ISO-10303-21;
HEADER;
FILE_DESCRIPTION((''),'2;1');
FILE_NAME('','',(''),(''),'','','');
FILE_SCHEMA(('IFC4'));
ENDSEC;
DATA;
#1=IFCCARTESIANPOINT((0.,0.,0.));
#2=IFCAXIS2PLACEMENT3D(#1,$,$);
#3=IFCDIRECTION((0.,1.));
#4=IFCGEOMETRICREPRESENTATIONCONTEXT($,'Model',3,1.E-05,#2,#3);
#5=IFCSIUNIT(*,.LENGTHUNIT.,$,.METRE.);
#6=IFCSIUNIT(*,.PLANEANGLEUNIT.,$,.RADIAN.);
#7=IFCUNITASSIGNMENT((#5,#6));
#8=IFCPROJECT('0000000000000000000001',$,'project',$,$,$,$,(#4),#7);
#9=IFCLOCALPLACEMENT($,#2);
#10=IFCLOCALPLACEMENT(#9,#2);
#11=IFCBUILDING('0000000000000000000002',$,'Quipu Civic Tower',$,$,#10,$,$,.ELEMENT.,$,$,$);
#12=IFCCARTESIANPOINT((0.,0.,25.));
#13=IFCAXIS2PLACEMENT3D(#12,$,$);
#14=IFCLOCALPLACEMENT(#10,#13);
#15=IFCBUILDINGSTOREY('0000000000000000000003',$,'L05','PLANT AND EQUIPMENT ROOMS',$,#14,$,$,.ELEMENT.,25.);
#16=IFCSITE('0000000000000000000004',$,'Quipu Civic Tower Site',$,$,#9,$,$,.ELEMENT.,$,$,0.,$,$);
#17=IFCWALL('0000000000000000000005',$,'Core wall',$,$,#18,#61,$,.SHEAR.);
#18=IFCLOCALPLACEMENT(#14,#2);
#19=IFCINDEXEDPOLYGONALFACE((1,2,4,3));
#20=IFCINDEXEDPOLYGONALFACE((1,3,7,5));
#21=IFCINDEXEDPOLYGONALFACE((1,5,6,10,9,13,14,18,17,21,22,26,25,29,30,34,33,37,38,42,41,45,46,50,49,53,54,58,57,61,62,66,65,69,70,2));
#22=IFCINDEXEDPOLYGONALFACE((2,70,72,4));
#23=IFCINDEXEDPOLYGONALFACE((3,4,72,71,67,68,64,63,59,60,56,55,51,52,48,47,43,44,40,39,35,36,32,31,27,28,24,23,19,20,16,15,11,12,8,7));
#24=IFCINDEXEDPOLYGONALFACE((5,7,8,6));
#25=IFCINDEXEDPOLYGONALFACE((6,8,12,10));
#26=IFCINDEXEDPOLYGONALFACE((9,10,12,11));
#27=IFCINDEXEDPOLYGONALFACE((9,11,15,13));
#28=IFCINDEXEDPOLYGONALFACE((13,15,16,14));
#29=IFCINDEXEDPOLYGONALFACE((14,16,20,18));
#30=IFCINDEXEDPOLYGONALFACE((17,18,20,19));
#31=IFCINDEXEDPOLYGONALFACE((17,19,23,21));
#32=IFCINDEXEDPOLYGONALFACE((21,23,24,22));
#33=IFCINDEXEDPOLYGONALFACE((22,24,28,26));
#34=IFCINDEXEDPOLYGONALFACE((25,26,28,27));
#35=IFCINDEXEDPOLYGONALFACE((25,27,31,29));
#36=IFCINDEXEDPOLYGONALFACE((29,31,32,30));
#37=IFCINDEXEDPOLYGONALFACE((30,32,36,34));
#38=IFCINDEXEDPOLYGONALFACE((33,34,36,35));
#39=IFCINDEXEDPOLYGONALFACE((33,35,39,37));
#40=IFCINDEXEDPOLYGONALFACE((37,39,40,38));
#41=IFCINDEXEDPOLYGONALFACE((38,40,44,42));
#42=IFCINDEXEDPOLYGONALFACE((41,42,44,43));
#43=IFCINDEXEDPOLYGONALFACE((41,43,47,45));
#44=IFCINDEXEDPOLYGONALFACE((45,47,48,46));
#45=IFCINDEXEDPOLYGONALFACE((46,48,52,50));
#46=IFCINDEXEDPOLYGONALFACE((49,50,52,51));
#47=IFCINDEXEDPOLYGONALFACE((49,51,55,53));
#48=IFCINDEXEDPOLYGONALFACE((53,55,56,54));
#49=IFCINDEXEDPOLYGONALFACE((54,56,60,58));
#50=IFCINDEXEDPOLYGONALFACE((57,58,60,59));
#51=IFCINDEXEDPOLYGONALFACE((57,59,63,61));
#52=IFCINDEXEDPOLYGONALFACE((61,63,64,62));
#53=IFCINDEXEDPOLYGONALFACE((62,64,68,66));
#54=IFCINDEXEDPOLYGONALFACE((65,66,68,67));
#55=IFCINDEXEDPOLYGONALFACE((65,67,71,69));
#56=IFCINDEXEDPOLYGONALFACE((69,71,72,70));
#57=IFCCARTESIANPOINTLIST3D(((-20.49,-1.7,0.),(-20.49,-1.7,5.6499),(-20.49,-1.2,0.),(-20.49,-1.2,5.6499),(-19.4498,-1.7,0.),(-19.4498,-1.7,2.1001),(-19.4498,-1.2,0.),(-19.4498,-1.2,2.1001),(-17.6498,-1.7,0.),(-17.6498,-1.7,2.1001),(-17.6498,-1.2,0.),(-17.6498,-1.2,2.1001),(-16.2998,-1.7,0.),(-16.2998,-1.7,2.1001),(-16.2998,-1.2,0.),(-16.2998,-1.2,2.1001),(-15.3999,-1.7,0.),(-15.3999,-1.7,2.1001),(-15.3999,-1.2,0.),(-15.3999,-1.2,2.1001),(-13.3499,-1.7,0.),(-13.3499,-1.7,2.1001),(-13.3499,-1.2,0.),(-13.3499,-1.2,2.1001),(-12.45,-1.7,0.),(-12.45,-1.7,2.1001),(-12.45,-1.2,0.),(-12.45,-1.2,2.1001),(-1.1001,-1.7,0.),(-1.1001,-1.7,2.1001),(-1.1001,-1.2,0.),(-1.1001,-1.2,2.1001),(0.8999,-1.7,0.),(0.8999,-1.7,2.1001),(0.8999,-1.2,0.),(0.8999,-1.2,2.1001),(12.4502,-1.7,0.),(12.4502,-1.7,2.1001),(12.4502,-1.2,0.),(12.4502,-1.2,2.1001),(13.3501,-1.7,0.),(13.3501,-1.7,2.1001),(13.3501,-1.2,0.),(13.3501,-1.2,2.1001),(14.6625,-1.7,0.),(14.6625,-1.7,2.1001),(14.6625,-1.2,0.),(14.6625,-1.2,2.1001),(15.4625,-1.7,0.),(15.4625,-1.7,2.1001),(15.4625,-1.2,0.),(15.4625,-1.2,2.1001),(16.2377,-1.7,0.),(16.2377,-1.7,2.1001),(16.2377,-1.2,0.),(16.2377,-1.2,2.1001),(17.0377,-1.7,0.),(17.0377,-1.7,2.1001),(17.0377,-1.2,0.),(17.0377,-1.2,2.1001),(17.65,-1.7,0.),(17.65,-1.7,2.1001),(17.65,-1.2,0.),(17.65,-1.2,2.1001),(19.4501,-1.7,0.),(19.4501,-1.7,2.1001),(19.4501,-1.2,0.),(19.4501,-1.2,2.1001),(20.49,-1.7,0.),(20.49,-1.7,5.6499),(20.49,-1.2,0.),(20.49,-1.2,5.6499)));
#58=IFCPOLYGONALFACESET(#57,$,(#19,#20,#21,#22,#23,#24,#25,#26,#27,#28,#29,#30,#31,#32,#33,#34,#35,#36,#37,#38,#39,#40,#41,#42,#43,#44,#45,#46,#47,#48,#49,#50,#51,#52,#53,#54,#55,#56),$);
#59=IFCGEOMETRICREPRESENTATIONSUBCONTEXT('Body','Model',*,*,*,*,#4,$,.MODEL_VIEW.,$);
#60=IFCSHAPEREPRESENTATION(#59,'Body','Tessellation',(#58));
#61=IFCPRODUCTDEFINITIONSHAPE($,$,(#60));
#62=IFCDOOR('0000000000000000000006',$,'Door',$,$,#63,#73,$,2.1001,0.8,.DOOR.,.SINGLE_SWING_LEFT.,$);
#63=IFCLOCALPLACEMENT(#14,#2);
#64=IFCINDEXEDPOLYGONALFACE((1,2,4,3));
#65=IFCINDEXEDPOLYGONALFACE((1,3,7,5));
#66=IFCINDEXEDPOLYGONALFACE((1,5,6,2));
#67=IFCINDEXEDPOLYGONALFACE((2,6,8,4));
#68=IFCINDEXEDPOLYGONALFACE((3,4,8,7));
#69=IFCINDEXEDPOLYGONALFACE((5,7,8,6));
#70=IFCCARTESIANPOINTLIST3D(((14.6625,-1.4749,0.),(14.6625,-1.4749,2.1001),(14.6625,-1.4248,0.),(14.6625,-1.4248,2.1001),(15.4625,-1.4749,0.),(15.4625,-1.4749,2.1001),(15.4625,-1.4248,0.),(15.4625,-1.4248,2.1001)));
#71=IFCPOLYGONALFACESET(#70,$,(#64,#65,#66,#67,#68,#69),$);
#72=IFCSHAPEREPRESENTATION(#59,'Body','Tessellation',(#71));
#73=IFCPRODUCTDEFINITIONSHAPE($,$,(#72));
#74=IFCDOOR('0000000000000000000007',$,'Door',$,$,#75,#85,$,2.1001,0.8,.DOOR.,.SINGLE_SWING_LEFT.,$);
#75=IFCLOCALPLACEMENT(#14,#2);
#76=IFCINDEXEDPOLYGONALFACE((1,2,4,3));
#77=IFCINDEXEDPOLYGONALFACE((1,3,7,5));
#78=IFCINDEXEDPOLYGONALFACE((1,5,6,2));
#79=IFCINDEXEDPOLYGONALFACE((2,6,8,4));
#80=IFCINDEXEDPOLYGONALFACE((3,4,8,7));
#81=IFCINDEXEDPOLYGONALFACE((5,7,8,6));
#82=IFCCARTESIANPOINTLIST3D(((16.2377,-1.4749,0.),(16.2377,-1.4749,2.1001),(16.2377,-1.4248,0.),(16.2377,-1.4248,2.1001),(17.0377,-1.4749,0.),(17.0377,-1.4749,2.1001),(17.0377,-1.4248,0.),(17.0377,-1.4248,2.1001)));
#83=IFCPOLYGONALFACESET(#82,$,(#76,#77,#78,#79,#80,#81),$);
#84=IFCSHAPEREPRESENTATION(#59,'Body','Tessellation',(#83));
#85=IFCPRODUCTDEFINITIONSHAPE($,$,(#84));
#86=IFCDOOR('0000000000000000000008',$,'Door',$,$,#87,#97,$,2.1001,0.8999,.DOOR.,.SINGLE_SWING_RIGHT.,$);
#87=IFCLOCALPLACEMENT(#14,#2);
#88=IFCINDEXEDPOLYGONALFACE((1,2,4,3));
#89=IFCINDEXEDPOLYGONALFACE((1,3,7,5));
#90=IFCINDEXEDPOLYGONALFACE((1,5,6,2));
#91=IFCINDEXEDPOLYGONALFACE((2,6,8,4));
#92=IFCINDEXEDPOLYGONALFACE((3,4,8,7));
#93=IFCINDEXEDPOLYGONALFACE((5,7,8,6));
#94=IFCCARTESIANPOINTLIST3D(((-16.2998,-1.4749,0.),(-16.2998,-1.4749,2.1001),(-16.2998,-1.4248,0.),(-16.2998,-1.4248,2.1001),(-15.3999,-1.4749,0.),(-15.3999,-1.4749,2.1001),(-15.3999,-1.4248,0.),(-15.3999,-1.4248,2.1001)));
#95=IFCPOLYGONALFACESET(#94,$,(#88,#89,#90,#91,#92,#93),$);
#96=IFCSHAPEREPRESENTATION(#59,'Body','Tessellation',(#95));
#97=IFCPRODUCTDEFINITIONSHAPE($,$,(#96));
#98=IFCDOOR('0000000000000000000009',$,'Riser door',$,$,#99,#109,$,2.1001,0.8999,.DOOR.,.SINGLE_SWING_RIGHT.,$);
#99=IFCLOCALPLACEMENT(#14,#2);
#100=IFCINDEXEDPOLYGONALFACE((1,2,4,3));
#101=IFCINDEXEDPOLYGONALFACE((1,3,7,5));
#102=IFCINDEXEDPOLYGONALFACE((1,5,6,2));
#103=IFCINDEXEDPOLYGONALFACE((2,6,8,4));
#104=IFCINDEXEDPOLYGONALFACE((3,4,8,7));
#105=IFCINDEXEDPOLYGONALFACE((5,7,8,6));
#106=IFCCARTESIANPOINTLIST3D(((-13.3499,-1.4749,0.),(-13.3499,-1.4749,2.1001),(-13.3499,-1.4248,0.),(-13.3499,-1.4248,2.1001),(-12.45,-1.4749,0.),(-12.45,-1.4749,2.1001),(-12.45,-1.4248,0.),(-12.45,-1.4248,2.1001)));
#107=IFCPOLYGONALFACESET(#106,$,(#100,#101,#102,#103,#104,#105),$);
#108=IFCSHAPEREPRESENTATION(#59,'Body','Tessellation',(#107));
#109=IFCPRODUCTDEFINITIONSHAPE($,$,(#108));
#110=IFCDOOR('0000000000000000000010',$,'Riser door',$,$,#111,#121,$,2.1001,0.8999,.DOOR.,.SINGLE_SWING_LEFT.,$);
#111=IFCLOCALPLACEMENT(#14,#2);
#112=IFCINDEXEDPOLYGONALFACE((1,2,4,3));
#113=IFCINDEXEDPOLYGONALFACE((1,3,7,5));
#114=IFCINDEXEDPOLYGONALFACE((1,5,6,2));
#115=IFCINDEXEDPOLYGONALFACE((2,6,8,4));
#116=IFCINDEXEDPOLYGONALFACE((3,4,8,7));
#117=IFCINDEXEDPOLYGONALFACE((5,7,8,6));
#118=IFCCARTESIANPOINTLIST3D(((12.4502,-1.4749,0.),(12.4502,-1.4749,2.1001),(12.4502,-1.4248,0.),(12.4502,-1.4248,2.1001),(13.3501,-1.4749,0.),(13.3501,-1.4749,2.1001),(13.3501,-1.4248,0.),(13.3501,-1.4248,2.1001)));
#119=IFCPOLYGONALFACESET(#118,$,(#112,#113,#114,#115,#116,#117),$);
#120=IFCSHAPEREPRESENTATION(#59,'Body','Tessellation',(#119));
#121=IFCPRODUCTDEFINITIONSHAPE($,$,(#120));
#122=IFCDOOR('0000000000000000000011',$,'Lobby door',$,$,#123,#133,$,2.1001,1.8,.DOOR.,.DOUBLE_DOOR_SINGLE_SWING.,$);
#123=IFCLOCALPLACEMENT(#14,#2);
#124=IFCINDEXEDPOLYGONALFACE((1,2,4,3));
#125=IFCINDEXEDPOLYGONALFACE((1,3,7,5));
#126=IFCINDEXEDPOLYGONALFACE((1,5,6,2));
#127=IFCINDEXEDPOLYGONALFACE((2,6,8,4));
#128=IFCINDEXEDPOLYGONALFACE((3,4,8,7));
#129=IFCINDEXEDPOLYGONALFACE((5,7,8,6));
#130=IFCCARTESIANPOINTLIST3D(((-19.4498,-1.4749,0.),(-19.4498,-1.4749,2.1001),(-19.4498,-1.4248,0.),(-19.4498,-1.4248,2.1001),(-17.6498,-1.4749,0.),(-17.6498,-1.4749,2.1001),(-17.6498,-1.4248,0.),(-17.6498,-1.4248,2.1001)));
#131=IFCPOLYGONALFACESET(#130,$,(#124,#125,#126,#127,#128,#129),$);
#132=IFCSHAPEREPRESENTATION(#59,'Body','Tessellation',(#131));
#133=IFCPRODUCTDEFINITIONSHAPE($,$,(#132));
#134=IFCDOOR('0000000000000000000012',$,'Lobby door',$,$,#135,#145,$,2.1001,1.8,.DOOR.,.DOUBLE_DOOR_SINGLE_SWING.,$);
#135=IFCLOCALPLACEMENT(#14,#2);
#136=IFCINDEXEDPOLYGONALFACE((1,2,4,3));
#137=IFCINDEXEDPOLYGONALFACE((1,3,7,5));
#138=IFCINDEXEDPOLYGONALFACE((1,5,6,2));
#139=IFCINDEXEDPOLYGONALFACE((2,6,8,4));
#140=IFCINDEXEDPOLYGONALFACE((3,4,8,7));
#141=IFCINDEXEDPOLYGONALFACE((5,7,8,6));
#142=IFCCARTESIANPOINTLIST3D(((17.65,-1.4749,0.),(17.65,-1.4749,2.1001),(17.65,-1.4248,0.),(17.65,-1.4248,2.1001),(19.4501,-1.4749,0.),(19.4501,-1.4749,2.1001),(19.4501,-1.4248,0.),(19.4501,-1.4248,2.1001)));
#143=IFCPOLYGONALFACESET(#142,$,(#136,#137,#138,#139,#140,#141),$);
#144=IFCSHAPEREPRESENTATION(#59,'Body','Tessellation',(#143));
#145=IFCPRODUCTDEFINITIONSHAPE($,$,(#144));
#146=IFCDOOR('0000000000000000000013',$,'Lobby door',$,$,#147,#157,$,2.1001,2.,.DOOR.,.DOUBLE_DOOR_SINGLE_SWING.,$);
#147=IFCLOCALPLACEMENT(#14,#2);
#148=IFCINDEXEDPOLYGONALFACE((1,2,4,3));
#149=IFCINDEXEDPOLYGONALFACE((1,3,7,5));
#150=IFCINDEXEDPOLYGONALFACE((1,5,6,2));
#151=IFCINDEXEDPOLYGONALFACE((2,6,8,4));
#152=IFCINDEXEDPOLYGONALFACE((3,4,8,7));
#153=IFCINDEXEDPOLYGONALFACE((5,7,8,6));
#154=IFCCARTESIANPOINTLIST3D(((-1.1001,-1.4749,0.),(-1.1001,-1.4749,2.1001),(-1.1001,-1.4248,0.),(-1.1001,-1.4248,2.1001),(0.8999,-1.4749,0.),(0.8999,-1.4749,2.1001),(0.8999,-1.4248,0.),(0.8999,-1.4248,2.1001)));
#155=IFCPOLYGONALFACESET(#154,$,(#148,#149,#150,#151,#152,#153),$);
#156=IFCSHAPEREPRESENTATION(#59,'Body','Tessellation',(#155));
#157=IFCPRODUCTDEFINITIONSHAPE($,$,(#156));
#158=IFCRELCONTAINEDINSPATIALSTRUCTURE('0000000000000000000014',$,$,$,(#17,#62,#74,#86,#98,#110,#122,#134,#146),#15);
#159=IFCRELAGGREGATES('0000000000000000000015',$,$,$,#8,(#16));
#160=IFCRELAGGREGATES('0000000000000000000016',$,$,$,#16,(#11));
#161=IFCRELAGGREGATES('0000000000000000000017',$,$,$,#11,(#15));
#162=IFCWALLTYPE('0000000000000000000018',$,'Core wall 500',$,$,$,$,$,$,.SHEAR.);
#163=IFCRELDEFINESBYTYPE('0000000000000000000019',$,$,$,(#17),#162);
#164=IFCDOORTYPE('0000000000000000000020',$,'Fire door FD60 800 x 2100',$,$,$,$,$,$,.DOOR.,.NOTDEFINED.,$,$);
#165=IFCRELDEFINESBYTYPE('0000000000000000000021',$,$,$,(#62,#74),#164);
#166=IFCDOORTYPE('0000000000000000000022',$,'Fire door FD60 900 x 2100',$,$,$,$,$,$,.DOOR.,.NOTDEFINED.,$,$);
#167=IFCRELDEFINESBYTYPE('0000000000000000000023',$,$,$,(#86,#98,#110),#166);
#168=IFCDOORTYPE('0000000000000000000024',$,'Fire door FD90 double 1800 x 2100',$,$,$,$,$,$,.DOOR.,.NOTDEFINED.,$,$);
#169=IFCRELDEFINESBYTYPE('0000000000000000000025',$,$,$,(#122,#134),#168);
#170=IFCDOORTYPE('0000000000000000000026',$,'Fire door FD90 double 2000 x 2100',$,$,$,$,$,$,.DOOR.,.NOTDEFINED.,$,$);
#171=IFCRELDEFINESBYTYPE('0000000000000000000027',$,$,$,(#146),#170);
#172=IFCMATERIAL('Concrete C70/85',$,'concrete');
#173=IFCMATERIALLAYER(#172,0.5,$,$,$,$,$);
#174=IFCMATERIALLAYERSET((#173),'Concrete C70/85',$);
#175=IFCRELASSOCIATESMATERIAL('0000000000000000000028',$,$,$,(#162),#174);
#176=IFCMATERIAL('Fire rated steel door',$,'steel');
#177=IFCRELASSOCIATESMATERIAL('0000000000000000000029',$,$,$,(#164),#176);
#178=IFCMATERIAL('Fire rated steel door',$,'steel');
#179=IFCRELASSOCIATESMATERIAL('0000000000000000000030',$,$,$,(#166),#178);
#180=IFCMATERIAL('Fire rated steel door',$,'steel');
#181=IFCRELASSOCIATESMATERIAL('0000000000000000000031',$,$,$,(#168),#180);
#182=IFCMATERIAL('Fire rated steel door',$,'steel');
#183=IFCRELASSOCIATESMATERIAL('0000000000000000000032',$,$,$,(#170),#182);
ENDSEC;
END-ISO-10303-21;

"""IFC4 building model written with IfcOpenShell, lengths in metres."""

from ifc_helpers import new_model, si_unit, direction, frame, frame_2d, origin, place, context, subcontext, project, spatial, rectangle, extrude, material, layer, layer_set, type_object, element, fill, save


model = new_model("IFC4")

# Units and contexts
model_context = context("Model", 3, precision=1e-05, world=origin(), true_north=direction((0.0, 1.0)))
body_context = subcontext(model_context, "Body", "Model", "MODEL_VIEW")
ifc_project = project(units=[si_unit("LENGTHUNIT", "METRE"), si_unit("PLANEANGLEUNIT", "RADIAN")], contexts=[model_context])

# Site, building, storey
site_placement = place(None, origin())
site = spatial("IfcSite", under=ifc_project, at=site_placement, Name="Quipu Civic Tower Site", CompositionType="ELEMENT", RefElevation=0.0)
building_placement = place(site_placement, origin())
building = spatial("IfcBuilding", under=site, at=building_placement, Name="Quipu Civic Tower", CompositionType="ELEMENT")
storey_placement = place(building_placement, frame((0.0, 0.0, 25.0)))
storey = spatial("IfcBuildingStorey", under=building, at=storey_placement, Name="L05", Description="PLANT AND EQUIPMENT ROOMS", CompositionType="ELEMENT", Elevation=25.0)

# Wall, openings, doors
ifc_material_1 = material(Name="Concrete C70/85", Category="concrete")
ifc_layer_1 = layer(ifc_material_1, 0.5)
ifc_layer_set_1 = layer_set([ifc_layer_1], Name="Concrete C70/85")
wall_type_1 = type_object("IfcWallType", Name="Core wall 500", PredefinedType="SHEAR", material=ifc_layer_set_1)
wall_1_placement = place(storey_placement, frame((20.49, -1.45, 0.0), z_axis=(0.0, 0.0, 1.0), x_axis=(-1.0, 0.0, 0.0)))
wall_1 = element("IfcWall", 1, at=wall_1_placement, inside=storey, type_object=wall_type_1, Name="Core wall", PredefinedType="SHEAR", context=body_context, shape_type="SweptSolid", body=[
    extrude(rectangle(XDim=40.98, YDim=0.5, at=frame_2d((20.49, 0.0))), origin(), (0.0, 0.0, 1.0), 5.6499),
])
opening_1_placement = place(wall_1_placement, frame((38.1399, 0.0, 0.0)))
opening_1 = element("IfcOpeningElement", 2, at=opening_1_placement, cuts=wall_1, PredefinedType="OPENING", context=body_context, shape_type="SweptSolid", body=[
    extrude(rectangle(XDim=1.8, YDim=2.1001, at=frame_2d((0.8999, 1.05))), frame((0.0, 0.26, 0.0), z_axis=(0.0, -1.0, 0.0), x_axis=(1.0, 0.0, 0.0)), (0.0, 0.0, 1.0), 0.52),
])
opening_2_placement = place(wall_1_placement, frame((35.8899, 0.0, 0.0)))
opening_2 = element("IfcOpeningElement", 3, at=opening_2_placement, cuts=wall_1, PredefinedType="OPENING", context=body_context, shape_type="SweptSolid", body=[
    extrude(rectangle(XDim=0.8999, YDim=2.1001, at=frame_2d((0.45, 1.05))), frame((0.0, 0.26, 0.0), z_axis=(0.0, -1.0, 0.0), x_axis=(1.0, 0.0, 0.0)), (0.0, 0.0, 1.0), 0.52),
])
opening_3_placement = place(wall_1_placement, frame((32.9399, 0.0, 0.0)))
opening_3 = element("IfcOpeningElement", 4, at=opening_3_placement, cuts=wall_1, PredefinedType="OPENING", context=body_context, shape_type="SweptSolid", body=[
    extrude(rectangle(XDim=0.8999, YDim=2.1001, at=frame_2d((0.45, 1.05))), frame((0.0, 0.26, 0.0), z_axis=(0.0, -1.0, 0.0), x_axis=(1.0, 0.0, 0.0)), (0.0, 0.0, 1.0), 0.52),
])
opening_4_placement = place(wall_1_placement, frame((19.5901, 0.0, 0.0)))
opening_4 = element("IfcOpeningElement", 5, at=opening_4_placement, cuts=wall_1, PredefinedType="OPENING", context=body_context, shape_type="SweptSolid", body=[
    extrude(rectangle(XDim=2.0, YDim=2.1001, at=frame_2d((1.0, 1.05))), frame((0.0, 0.26, 0.0), z_axis=(0.0, -1.0, 0.0), x_axis=(1.0, 0.0, 0.0)), (0.0, 0.0, 1.0), 0.52),
])
opening_5_placement = place(wall_1_placement, frame((7.1399, 0.0, 0.0)))
opening_5 = element("IfcOpeningElement", 6, at=opening_5_placement, cuts=wall_1, PredefinedType="OPENING", context=body_context, shape_type="SweptSolid", body=[
    extrude(rectangle(XDim=0.8999, YDim=2.1001, at=frame_2d((0.45, 1.05))), frame((0.0, 0.26, 0.0), z_axis=(0.0, -1.0, 0.0), x_axis=(1.0, 0.0, 0.0)), (0.0, 0.0, 1.0), 0.52),
])
opening_6_placement = place(wall_1_placement, frame((5.0276, 0.0, 0.0)))
opening_6 = element("IfcOpeningElement", 7, at=opening_6_placement, cuts=wall_1, PredefinedType="OPENING", context=body_context, shape_type="SweptSolid", body=[
    extrude(rectangle(XDim=0.8, YDim=2.1001, at=frame_2d((0.3999, 1.05))), frame((0.0, 0.26, 0.0), z_axis=(0.0, -1.0, 0.0), x_axis=(1.0, 0.0, 0.0)), (0.0, 0.0, 1.0), 0.52),
])
opening_7_placement = place(wall_1_placement, frame((3.4524, 0.0, 0.0)))
opening_7 = element("IfcOpeningElement", 8, at=opening_7_placement, cuts=wall_1, PredefinedType="OPENING", context=body_context, shape_type="SweptSolid", body=[
    extrude(rectangle(XDim=0.8, YDim=2.1001, at=frame_2d((0.3999, 1.05))), frame((0.0, 0.26, 0.0), z_axis=(0.0, -1.0, 0.0), x_axis=(1.0, 0.0, 0.0)), (0.0, 0.0, 1.0), 0.52),
])
opening_8_placement = place(wall_1_placement, frame((1.04, 0.0, 0.0)))
opening_8 = element("IfcOpeningElement", 9, at=opening_8_placement, cuts=wall_1, PredefinedType="OPENING", context=body_context, shape_type="SweptSolid", body=[
    extrude(rectangle(XDim=1.8, YDim=2.1001, at=frame_2d((0.8999, 1.05))), frame((0.0, 0.26, 0.0), z_axis=(0.0, -1.0, 0.0), x_axis=(1.0, 0.0, 0.0)), (0.0, 0.0, 1.0), 0.52),
])
ifc_material_2 = material(Name="Fire rated steel door", Category="steel")
door_type_1 = type_object("IfcDoorType", Name="Fire door FD60 800 x 2100", OperationType="NOTDEFINED", PredefinedType="DOOR", material=ifc_material_2)
door_1_placement = place(opening_6_placement, origin())
door_1 = element("IfcDoor", 10, at=door_1_placement, inside=storey, type_object=door_type_1, Name="Door", OperationType="SINGLE_SWING_LEFT", OverallHeight=2.1001, OverallWidth=0.8, PredefinedType="DOOR", context=body_context, shape_type="SweptSolid", body=[
    extrude(rectangle(XDim=0.8, YDim=2.1001, at=frame_2d((0.3999, 1.05))), frame((0.0, 0.0249, 0.0), z_axis=(0.0, -1.0, 0.0), x_axis=(1.0, 0.0, 0.0)), (0.0, 0.0, 1.0), 0.05),
])
fill(opening_6, door_1)
door_2_placement = place(opening_7_placement, origin())
door_2 = element("IfcDoor", 11, at=door_2_placement, inside=storey, type_object=door_type_1, Name="Door", OperationType="SINGLE_SWING_LEFT", OverallHeight=2.1001, OverallWidth=0.8, PredefinedType="DOOR", context=body_context, shape_type="SweptSolid", body=[
    extrude(rectangle(XDim=0.8, YDim=2.1001, at=frame_2d((0.3999, 1.05))), frame((0.0, 0.0249, 0.0), z_axis=(0.0, -1.0, 0.0), x_axis=(1.0, 0.0, 0.0)), (0.0, 0.0, 1.0), 0.05),
])
fill(opening_7, door_2)
ifc_material_3 = material(Name="Fire rated steel door", Category="steel")
door_type_2 = type_object("IfcDoorType", Name="Fire door FD60 900 x 2100", OperationType="NOTDEFINED", PredefinedType="DOOR", material=ifc_material_3)
door_3_placement = place(opening_2_placement, origin())
door_3 = element("IfcDoor", 12, at=door_3_placement, inside=storey, type_object=door_type_2, Name="Door", OperationType="SINGLE_SWING_RIGHT", OverallHeight=2.1001, OverallWidth=0.8999, PredefinedType="DOOR", context=body_context, shape_type="SweptSolid", body=[
    extrude(rectangle(XDim=0.8999, YDim=2.1001, at=frame_2d((0.45, 1.05))), frame((0.0, 0.0249, 0.0), z_axis=(0.0, -1.0, 0.0), x_axis=(1.0, 0.0, 0.0)), (0.0, 0.0, 1.0), 0.05),
])
fill(opening_2, door_3)
door_4_placement = place(opening_3_placement, origin())
door_4 = element("IfcDoor", 13, at=door_4_placement, inside=storey, type_object=door_type_2, Name="Riser door", OperationType="SINGLE_SWING_RIGHT", OverallHeight=2.1001, OverallWidth=0.8999, PredefinedType="DOOR", context=body_context, shape_type="SweptSolid", body=[
    extrude(rectangle(XDim=0.8999, YDim=2.1001, at=frame_2d((0.45, 1.05))), frame((0.0, 0.0249, 0.0), z_axis=(0.0, -1.0, 0.0), x_axis=(1.0, 0.0, 0.0)), (0.0, 0.0, 1.0), 0.05),
])
fill(opening_3, door_4)
door_5_placement = place(opening_5_placement, origin())
door_5 = element("IfcDoor", 14, at=door_5_placement, inside=storey, type_object=door_type_2, Name="Riser door", OperationType="SINGLE_SWING_LEFT", OverallHeight=2.1001, OverallWidth=0.8999, PredefinedType="DOOR", context=body_context, shape_type="SweptSolid", body=[
    extrude(rectangle(XDim=0.8999, YDim=2.1001, at=frame_2d((0.45, 1.05))), frame((0.0, 0.0249, 0.0), z_axis=(0.0, -1.0, 0.0), x_axis=(1.0, 0.0, 0.0)), (0.0, 0.0, 1.0), 0.05),
])
fill(opening_5, door_5)
ifc_material_4 = material(Name="Fire rated steel door", Category="steel")
door_type_3 = type_object("IfcDoorType", Name="Fire door FD90 double 1800 x 2100", OperationType="NOTDEFINED", PredefinedType="DOOR", material=ifc_material_4)
door_6_placement = place(opening_1_placement, origin())
door_6 = element("IfcDoor", 15, at=door_6_placement, inside=storey, type_object=door_type_3, Name="Lobby door", OperationType="DOUBLE_DOOR_SINGLE_SWING", OverallHeight=2.1001, OverallWidth=1.8, PredefinedType="DOOR", context=body_context, shape_type="SweptSolid", body=[
    extrude(rectangle(XDim=1.8, YDim=2.1001, at=frame_2d((0.8999, 1.05))), frame((0.0, 0.0249, 0.0), z_axis=(0.0, -1.0, 0.0), x_axis=(1.0, 0.0, 0.0)), (0.0, 0.0, 1.0), 0.05),
])
fill(opening_1, door_6)
door_7_placement = place(opening_8_placement, origin())
door_7 = element("IfcDoor", 16, at=door_7_placement, inside=storey, type_object=door_type_3, Name="Lobby door", OperationType="DOUBLE_DOOR_SINGLE_SWING", OverallHeight=2.1001, OverallWidth=1.8, PredefinedType="DOOR", context=body_context, shape_type="SweptSolid", body=[
    extrude(rectangle(XDim=1.8, YDim=2.1001, at=frame_2d((0.8999, 1.05))), frame((0.0, 0.0249, 0.0), z_axis=(0.0, -1.0, 0.0), x_axis=(1.0, 0.0, 0.0)), (0.0, 0.0, 1.0), 0.05),
])
fill(opening_8, door_7)
ifc_material_5 = material(Name="Fire rated steel door", Category="steel")
door_type_4 = type_object("IfcDoorType", Name="Fire door FD90 double 2000 x 2100", OperationType="NOTDEFINED", PredefinedType="DOOR", material=ifc_material_5)
door_8_placement = place(opening_4_placement, origin())
door_8 = element("IfcDoor", 17, at=door_8_placement, inside=storey, type_object=door_type_4, Name="Lobby door", OperationType="DOUBLE_DOOR_SINGLE_SWING", OverallHeight=2.1001, OverallWidth=2.0, PredefinedType="DOOR", context=body_context, shape_type="SweptSolid", body=[
    extrude(rectangle(XDim=2.0, YDim=2.1001, at=frame_2d((1.0, 1.05))), frame((0.0, 0.0249, 0.0), z_axis=(0.0, -1.0, 0.0), x_axis=(1.0, 0.0, 0.0)), (0.0, 0.0, 1.0), 0.05),
])
fill(opening_4, door_8)

save(model, "model.ifc")
